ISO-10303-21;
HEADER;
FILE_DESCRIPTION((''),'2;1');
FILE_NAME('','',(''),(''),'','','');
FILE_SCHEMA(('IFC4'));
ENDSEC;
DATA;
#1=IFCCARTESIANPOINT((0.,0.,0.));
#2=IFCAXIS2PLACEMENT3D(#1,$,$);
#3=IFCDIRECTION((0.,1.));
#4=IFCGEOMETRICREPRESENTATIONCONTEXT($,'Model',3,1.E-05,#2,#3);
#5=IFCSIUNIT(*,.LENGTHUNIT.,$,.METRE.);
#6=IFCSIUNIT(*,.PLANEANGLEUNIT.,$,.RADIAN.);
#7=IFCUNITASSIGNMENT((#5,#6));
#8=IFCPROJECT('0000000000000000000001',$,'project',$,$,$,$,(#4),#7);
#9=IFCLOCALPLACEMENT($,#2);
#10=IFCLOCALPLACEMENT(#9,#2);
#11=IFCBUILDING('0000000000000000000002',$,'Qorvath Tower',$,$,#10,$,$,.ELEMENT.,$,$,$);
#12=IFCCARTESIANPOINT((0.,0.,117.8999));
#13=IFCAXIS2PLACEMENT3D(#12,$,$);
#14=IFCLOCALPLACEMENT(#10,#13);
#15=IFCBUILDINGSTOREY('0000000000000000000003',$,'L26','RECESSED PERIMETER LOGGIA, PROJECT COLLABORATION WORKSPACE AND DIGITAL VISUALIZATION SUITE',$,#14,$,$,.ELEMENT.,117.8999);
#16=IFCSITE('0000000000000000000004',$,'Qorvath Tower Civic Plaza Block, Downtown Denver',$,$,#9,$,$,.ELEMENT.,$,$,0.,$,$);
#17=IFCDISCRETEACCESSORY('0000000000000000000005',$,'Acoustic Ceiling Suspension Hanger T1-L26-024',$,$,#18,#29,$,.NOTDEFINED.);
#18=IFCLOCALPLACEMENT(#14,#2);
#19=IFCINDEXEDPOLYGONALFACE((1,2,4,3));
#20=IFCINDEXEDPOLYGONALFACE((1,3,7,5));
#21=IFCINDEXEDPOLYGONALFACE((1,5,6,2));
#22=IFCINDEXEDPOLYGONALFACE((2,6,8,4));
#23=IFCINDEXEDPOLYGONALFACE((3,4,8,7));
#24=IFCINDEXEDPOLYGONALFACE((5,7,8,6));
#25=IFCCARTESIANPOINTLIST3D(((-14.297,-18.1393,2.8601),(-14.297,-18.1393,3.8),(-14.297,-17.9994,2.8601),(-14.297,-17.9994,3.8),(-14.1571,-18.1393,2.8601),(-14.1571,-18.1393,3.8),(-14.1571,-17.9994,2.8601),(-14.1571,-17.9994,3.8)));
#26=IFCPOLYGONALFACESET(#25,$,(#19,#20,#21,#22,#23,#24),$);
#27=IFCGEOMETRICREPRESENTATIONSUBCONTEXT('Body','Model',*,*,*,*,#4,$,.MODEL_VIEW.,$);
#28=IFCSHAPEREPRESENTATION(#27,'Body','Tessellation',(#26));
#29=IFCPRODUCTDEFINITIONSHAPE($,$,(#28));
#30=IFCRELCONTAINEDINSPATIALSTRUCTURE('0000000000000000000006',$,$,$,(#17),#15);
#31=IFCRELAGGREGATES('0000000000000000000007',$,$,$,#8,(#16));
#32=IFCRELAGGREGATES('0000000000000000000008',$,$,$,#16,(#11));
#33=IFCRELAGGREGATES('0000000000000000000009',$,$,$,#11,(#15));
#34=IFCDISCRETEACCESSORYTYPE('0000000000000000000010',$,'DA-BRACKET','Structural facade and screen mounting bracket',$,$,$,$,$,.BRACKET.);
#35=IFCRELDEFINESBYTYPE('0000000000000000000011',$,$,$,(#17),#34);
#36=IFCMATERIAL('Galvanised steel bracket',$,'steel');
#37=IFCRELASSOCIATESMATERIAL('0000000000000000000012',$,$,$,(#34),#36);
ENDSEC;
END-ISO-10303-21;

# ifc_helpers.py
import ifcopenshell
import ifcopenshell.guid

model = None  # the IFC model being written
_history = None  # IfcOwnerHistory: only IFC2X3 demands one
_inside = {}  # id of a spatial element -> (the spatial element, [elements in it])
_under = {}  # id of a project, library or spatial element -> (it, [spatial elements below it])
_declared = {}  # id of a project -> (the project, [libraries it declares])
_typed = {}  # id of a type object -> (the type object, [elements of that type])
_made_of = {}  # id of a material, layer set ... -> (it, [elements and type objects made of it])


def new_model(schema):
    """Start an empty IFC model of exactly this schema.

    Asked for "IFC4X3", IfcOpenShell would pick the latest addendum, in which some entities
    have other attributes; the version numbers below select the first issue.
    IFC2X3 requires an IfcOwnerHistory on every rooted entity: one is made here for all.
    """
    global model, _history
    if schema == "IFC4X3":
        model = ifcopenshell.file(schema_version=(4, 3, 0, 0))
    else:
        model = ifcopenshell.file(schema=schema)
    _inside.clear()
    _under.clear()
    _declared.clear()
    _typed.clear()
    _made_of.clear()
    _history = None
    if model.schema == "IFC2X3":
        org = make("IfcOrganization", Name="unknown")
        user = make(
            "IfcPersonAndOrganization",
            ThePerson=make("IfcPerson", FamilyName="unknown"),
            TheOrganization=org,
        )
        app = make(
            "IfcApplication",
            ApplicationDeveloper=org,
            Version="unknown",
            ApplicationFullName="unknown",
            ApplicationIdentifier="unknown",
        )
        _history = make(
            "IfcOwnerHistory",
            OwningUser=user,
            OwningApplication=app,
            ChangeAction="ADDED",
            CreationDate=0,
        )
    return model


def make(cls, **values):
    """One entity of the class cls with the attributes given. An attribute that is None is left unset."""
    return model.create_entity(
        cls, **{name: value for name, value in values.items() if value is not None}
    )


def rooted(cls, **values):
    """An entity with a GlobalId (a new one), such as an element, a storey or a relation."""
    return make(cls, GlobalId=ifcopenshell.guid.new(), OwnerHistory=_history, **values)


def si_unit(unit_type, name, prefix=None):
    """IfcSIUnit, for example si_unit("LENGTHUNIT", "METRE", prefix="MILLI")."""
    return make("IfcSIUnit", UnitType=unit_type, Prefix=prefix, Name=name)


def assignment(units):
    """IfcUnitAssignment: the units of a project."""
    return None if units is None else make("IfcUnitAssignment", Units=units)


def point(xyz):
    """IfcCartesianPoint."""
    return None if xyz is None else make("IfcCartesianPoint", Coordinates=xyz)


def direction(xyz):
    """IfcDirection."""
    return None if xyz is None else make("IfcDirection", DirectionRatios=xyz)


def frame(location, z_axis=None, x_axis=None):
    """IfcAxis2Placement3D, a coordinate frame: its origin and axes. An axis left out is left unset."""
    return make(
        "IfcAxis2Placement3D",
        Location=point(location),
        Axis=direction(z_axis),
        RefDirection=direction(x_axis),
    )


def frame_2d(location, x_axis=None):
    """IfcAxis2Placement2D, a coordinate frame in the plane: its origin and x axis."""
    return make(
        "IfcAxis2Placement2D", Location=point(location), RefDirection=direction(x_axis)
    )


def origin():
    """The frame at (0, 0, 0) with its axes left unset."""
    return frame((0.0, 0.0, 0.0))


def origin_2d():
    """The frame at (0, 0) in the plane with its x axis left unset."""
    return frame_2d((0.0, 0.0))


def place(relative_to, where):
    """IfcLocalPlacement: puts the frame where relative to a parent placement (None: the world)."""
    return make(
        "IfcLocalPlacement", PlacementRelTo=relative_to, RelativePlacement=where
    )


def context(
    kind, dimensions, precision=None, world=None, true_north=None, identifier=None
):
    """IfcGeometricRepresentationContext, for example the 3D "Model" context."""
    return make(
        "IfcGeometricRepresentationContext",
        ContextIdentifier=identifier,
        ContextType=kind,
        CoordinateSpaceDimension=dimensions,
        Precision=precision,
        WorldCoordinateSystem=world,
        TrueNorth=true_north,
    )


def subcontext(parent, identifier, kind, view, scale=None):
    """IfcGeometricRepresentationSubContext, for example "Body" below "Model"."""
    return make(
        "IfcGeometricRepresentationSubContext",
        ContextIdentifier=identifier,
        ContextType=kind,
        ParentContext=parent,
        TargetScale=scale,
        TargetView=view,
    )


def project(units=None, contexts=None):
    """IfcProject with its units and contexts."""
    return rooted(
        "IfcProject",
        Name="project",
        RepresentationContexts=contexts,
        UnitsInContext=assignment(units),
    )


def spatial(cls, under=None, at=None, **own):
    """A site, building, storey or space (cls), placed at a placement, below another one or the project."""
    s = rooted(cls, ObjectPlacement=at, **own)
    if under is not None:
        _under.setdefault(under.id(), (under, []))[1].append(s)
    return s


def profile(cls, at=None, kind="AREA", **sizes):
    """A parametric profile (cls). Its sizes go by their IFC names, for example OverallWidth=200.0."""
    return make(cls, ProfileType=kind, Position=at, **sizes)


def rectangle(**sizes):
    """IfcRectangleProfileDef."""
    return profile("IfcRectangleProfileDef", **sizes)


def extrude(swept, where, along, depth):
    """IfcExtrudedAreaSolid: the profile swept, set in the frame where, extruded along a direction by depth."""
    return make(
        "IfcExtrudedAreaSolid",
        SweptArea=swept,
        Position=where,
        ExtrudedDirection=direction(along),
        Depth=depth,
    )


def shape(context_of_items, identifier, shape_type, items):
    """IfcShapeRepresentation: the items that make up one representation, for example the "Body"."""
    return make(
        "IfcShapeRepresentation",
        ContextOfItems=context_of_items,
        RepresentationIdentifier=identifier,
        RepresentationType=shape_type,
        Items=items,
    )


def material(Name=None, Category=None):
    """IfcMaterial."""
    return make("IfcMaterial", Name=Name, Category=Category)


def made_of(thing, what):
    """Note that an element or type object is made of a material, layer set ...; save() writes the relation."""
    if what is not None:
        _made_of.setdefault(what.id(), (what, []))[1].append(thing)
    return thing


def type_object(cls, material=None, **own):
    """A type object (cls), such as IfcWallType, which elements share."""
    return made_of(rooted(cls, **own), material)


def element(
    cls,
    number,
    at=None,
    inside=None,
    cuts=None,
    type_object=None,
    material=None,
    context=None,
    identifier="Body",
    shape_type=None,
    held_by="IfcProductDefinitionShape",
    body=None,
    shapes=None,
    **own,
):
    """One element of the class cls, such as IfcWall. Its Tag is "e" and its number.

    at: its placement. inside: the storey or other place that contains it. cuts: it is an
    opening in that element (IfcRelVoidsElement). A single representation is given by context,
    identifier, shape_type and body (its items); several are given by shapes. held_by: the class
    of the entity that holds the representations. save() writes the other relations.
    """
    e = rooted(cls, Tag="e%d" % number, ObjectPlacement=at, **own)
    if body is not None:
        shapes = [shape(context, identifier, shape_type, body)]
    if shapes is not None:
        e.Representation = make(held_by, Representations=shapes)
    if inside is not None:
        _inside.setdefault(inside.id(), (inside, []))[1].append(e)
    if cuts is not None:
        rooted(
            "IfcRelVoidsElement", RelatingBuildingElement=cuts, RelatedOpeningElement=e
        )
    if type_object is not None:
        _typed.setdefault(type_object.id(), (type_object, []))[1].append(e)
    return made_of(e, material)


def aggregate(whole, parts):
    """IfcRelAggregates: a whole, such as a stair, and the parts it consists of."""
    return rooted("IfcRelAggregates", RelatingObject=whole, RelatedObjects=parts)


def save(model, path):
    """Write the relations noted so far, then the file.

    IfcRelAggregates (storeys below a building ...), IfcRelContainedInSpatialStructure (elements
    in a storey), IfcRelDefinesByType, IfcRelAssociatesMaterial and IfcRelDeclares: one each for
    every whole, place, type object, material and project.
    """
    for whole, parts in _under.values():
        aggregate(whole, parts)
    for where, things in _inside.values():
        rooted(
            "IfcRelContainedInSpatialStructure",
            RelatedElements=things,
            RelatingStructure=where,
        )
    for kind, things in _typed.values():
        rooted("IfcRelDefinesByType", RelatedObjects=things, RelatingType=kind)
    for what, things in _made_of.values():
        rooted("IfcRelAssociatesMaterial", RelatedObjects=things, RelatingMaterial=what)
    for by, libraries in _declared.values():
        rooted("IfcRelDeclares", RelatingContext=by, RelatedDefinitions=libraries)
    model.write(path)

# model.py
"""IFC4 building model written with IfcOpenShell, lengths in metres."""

from ifc_helpers import new_model, si_unit, direction, frame, origin, origin_2d, place, context, subcontext, project, spatial, rectangle, extrude, material, type_object, element, save


model = new_model("IFC4")

# Units and contexts
model_context = context("Model", 3, precision=1e-05, world=origin(), true_north=direction((0.0, 1.0)))
body_context = subcontext(model_context, "Body", "Model", "MODEL_VIEW")
ifc_project = project(units=[si_unit("LENGTHUNIT", "METRE"), si_unit("PLANEANGLEUNIT", "RADIAN")], contexts=[model_context])

# Site, building, storey
site_placement = place(None, origin())
site = spatial("IfcSite", under=ifc_project, at=site_placement, Name="Qorvath Tower Civic Plaza Block, Downtown Denver", CompositionType="ELEMENT", RefElevation=0.0)
building_placement = place(site_placement, origin())
building = spatial("IfcBuilding", under=site, at=building_placement, Name="Qorvath Tower", CompositionType="ELEMENT")
storey_placement = place(building_placement, frame((0.0, 0.0, 117.8999)))
storey = spatial("IfcBuildingStorey", under=building, at=storey_placement, Name="L26", Description="RECESSED PERIMETER LOGGIA, PROJECT COLLABORATION WORKSPACE AND DIGITAL VISUALIZATION SUITE", CompositionType="ELEMENT", Elevation=117.8999)

# Discrete accessory
ifc_material_1 = material(Name="Galvanised steel bracket", Category="steel")
discrete_accessory_type = type_object("IfcDiscreteAccessoryType", Name="DA-BRACKET", Description="Structural facade and screen mounting bracket", PredefinedType="BRACKET", material=ifc_material_1)
for number, where, z_axis, x_axis, name in (
    (1, (-14.2271, -18.0693, 2.8601), (0.0, 0.0, 1.0), (1.0, 0.0, 0.0), "Acoustic Ceiling Suspension Hanger T1-L26-024"),
):
    element("IfcDiscreteAccessory", number, at=place(storey_placement, frame(where, z_axis=z_axis, x_axis=x_axis)), inside=storey, type_object=discrete_accessory_type, Name=name, PredefinedType="NOTDEFINED", context=body_context, shape_type="SweptSolid", body=[
        extrude(rectangle(XDim=0.1399, YDim=0.1399, at=origin_2d()), origin(), (0.0, 0.0, 1.0), 0.9399),
    ])

save(model, "model.ifc")
